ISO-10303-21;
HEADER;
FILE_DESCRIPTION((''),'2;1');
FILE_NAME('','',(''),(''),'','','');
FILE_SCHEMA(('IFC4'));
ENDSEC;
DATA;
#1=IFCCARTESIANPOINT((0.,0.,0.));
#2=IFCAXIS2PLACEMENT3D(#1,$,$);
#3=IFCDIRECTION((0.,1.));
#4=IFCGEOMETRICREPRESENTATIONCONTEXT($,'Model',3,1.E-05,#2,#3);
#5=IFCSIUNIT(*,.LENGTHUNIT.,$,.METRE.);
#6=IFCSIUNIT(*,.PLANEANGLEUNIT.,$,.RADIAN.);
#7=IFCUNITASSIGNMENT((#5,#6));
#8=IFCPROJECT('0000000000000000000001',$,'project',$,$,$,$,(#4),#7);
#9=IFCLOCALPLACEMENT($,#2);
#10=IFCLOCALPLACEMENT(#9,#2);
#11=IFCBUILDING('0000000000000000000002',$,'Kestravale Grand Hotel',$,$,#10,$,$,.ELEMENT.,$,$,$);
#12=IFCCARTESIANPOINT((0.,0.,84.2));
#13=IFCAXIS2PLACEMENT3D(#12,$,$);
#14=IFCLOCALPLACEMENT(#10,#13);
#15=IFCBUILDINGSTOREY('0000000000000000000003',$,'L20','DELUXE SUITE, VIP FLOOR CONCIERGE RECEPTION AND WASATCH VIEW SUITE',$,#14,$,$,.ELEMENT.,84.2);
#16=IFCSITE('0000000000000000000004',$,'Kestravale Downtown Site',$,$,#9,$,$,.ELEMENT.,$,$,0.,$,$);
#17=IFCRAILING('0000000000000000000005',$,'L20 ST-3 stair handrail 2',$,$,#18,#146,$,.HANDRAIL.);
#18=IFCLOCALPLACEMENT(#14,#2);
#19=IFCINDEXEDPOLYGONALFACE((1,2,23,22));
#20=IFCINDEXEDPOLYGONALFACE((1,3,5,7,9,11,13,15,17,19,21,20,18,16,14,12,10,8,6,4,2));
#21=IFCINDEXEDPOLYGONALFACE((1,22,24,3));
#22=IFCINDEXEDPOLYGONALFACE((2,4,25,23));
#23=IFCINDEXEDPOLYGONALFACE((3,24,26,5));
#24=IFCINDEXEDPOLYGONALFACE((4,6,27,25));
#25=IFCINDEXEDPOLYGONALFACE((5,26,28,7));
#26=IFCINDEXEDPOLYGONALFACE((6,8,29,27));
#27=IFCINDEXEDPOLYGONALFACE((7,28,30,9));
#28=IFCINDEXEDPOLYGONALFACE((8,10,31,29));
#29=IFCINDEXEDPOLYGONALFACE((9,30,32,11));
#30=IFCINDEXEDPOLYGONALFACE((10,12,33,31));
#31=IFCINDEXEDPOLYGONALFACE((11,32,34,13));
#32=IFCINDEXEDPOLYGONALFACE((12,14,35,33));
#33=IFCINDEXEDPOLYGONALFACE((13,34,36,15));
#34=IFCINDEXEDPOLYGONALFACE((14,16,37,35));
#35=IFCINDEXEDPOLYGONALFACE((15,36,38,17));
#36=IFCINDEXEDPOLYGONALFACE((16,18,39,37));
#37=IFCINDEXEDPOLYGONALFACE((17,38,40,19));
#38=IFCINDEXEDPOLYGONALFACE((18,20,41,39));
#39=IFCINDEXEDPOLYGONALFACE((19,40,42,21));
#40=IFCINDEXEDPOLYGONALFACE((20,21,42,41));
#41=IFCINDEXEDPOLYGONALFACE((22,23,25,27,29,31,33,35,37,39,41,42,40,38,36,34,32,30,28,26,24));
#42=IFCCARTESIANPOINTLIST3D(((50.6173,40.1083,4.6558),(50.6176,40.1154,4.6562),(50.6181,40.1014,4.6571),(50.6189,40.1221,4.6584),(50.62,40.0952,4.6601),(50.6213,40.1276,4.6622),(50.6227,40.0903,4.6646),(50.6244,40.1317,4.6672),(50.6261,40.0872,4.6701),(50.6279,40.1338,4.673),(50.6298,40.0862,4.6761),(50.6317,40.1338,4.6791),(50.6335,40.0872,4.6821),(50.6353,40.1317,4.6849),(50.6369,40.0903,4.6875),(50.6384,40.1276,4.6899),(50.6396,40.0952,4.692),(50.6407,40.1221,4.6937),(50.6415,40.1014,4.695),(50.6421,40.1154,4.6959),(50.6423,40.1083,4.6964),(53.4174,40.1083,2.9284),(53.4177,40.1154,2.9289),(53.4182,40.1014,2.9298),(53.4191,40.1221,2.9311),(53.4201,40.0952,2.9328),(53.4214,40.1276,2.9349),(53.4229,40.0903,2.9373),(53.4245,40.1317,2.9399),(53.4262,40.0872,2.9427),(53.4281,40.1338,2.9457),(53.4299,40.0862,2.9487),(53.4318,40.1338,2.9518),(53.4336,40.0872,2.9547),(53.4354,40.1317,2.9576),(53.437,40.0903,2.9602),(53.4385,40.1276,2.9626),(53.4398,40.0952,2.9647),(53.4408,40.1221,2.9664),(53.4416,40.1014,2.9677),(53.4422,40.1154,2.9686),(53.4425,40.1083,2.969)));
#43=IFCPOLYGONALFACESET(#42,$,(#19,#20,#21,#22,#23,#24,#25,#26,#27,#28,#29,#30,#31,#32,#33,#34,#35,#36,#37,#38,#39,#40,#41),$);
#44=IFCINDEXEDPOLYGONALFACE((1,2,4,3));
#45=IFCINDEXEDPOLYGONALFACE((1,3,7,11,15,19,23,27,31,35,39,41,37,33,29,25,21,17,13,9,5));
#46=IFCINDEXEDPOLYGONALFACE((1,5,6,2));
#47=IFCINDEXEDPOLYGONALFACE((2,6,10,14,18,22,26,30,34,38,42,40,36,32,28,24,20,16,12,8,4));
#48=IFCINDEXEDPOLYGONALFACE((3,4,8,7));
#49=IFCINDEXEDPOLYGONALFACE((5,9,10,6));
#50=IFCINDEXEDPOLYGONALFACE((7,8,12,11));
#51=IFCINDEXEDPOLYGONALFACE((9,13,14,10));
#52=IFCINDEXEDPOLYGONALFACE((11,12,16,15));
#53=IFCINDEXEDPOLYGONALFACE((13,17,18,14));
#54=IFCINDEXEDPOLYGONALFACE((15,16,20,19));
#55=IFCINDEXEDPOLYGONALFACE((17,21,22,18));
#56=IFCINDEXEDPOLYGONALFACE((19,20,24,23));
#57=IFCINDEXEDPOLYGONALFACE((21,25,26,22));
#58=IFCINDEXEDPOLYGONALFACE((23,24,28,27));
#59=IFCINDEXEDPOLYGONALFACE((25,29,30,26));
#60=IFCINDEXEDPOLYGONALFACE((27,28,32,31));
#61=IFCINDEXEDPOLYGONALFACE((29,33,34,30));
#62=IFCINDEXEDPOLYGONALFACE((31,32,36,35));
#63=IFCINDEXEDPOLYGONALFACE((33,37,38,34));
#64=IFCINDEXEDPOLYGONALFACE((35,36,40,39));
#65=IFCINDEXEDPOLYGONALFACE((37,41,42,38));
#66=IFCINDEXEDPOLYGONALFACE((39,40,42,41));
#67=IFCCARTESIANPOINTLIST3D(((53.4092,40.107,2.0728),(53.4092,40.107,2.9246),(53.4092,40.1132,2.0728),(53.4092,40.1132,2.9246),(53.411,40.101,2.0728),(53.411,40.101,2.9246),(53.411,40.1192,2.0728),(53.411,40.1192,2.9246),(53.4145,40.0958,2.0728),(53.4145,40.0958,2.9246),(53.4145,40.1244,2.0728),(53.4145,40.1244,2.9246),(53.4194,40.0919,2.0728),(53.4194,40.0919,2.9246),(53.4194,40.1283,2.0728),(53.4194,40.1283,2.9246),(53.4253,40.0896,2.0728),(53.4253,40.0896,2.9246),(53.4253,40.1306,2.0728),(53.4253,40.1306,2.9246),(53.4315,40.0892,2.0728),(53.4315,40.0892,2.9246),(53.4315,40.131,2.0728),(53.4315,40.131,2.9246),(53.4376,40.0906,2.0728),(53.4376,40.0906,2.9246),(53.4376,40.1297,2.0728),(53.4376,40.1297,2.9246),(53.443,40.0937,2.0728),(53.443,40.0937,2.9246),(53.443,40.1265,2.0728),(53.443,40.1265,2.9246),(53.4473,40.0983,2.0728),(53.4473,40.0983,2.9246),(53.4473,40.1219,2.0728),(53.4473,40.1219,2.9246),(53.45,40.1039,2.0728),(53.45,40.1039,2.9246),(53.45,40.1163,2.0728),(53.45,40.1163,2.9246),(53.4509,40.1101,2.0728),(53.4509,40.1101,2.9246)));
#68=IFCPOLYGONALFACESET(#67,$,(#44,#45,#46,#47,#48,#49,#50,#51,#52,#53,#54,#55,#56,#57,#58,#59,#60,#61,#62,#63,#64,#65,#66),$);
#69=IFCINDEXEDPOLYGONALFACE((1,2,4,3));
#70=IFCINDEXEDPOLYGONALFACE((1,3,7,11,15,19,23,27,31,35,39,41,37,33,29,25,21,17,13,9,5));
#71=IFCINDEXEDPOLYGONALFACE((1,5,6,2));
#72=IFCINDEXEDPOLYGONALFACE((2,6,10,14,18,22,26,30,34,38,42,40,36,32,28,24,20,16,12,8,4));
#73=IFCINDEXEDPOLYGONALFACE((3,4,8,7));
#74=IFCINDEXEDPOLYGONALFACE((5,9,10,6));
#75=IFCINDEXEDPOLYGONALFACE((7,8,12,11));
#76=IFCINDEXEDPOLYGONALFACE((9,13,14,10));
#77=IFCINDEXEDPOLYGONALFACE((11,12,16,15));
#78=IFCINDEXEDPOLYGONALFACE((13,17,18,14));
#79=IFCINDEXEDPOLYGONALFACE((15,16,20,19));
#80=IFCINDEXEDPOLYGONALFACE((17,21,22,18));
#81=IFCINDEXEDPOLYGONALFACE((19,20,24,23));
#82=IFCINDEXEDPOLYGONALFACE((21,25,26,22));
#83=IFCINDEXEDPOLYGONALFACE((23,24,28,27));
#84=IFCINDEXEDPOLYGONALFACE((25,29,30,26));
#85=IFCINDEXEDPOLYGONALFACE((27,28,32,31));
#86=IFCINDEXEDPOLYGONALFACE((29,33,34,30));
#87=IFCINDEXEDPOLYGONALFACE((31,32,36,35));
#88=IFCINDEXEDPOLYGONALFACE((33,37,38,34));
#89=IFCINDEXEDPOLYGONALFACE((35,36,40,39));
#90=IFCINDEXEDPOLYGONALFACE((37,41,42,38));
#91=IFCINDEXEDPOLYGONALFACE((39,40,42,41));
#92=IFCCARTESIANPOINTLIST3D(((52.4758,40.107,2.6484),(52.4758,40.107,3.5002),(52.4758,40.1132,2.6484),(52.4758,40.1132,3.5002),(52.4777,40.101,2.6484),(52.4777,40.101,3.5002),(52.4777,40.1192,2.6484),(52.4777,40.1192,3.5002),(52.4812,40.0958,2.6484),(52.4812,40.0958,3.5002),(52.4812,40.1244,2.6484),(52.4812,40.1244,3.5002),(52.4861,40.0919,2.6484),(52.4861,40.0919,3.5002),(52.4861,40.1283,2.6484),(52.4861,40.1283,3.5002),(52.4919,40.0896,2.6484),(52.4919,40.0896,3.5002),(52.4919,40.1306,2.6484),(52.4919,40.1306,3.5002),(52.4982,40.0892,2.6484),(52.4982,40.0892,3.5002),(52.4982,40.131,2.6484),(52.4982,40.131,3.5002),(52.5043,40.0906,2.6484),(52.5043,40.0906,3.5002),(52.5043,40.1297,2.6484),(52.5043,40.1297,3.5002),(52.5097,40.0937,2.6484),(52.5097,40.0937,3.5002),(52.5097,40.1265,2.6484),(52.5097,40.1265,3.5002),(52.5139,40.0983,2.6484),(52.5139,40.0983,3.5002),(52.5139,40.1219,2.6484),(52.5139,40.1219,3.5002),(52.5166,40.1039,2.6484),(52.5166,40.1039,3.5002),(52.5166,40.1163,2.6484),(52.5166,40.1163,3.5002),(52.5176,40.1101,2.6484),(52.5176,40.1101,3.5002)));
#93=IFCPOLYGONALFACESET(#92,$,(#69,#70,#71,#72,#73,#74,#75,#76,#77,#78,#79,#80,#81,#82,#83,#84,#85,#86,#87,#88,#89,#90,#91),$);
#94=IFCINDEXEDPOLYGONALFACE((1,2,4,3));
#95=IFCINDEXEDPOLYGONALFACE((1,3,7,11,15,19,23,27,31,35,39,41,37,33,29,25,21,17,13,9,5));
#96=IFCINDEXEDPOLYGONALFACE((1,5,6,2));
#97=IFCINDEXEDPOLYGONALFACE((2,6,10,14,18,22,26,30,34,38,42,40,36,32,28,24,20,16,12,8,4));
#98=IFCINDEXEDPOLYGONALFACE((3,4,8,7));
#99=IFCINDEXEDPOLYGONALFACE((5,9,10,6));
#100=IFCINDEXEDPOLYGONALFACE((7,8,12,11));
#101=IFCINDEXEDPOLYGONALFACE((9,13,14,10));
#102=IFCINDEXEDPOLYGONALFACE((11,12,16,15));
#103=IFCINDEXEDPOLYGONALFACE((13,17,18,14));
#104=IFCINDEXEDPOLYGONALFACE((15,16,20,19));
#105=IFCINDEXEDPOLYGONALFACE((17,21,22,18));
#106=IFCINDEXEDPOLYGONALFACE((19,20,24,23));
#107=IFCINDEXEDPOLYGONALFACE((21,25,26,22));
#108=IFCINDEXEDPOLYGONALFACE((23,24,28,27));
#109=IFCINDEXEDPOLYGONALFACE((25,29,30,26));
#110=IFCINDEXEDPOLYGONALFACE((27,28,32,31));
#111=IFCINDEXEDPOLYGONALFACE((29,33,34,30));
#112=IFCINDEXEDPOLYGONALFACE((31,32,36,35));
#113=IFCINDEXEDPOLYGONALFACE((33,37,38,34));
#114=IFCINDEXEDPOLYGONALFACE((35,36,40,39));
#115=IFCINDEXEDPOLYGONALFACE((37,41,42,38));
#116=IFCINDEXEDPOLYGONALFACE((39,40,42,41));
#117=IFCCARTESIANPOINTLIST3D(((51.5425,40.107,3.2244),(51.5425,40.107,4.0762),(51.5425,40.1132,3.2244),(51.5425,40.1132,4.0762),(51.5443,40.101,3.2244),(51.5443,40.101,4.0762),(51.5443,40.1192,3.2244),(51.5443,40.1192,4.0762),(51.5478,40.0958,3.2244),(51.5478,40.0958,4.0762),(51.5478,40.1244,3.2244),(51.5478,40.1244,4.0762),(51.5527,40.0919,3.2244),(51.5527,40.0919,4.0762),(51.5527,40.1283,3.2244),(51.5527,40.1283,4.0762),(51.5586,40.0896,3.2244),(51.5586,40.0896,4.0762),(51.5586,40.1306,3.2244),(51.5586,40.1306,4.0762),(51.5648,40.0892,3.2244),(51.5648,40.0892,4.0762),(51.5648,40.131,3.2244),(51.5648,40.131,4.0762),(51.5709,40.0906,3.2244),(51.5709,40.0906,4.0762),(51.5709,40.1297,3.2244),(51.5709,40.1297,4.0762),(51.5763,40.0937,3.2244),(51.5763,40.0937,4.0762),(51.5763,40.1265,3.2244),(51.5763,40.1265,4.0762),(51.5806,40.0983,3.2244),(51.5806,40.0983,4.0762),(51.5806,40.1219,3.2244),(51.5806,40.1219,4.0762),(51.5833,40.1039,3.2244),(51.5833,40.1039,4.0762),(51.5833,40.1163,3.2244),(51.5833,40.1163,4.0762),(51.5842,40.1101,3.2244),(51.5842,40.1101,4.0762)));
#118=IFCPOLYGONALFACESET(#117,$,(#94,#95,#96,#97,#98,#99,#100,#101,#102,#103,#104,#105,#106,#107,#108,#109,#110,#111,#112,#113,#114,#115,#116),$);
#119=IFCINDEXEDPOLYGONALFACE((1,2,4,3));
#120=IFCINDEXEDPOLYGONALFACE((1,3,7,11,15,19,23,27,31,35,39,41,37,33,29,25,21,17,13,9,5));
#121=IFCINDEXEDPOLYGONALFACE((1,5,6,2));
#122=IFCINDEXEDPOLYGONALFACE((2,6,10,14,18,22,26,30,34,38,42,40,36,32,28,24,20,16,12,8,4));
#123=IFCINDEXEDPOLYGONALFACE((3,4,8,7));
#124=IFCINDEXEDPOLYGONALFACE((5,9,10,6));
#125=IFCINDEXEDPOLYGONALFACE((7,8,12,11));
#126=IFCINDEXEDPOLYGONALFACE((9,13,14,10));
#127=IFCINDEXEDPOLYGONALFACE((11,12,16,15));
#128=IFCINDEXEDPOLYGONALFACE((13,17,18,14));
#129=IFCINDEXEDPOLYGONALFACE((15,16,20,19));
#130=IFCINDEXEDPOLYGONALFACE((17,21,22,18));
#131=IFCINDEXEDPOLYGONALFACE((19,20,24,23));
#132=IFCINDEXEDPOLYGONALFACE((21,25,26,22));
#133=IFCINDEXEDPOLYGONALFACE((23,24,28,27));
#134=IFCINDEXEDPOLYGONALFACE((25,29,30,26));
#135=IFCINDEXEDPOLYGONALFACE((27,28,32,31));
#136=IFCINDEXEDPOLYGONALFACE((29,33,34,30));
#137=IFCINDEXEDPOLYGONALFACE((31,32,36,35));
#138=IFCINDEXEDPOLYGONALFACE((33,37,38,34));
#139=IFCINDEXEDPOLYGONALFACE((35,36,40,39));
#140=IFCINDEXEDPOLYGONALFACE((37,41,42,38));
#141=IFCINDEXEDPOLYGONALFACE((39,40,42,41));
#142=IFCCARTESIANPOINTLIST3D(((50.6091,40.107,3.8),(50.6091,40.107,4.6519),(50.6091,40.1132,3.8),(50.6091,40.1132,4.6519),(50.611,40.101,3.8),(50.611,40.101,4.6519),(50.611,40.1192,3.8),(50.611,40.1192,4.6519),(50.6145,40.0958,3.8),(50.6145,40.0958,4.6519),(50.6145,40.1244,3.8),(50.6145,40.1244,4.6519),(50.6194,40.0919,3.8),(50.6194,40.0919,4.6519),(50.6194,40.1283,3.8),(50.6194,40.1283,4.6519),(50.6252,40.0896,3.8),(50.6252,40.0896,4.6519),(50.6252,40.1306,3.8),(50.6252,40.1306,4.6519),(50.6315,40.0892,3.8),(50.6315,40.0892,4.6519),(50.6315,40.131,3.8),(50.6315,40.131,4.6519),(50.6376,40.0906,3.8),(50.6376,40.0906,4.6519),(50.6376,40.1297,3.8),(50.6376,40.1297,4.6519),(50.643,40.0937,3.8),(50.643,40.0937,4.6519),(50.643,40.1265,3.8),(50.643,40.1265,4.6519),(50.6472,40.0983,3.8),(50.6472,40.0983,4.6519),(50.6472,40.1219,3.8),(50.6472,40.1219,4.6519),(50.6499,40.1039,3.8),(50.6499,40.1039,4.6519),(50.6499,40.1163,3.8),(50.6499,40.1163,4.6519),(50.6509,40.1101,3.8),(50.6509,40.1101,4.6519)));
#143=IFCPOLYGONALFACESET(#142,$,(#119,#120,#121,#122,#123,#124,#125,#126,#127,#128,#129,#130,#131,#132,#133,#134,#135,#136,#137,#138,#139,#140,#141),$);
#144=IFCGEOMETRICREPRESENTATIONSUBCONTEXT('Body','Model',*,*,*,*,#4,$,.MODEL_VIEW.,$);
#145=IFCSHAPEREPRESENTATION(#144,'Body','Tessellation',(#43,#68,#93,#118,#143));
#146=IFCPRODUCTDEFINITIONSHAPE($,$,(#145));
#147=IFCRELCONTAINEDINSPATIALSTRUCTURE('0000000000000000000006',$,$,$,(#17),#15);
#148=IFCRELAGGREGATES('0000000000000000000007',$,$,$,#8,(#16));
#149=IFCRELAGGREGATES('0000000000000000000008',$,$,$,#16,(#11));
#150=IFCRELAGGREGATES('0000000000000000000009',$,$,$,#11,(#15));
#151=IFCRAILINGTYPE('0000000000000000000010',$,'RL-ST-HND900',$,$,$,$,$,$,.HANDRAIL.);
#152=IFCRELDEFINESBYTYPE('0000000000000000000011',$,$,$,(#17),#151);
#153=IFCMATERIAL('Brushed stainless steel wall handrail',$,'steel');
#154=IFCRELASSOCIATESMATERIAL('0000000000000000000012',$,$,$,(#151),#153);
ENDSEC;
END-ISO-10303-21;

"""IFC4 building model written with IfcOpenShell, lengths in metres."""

from ifc_helpers import new_model, si_unit, direction, frame, origin, origin_2d, place, context, subcontext, project, spatial, circle, extrude, material, type_object, element, save


model = new_model("IFC4")

# Units and contexts
model_context = context("Model", 3, precision=1e-05, world=origin(), true_north=direction((0.0, 1.0)))
body_context = subcontext(model_context, "Body", "Model", "MODEL_VIEW")
ifc_project = project(units=[si_unit("LENGTHUNIT", "METRE"), si_unit("PLANEANGLEUNIT", "RADIAN")], contexts=[model_context])

# Site, building, storey
site_placement = place(None, origin())
site = spatial("IfcSite", under=ifc_project, at=site_placement, Name="Kestravale Downtown Site", CompositionType="ELEMENT", RefElevation=0.0)
building_placement = place(site_placement, origin())
building = spatial("IfcBuilding", under=site, at=building_placement, Name="Kestravale Grand Hotel", CompositionType="ELEMENT")
storey_placement = place(building_placement, frame((0.0, 0.0, 84.2)))
storey = spatial("IfcBuildingStorey", under=building, at=storey_placement, Name="L20", Description="DELUXE SUITE, VIP FLOOR CONCIERGE RECEPTION AND WASATCH VIEW SUITE", CompositionType="ELEMENT", Elevation=84.2)

# Railing
ifc_material_1 = material(Name="Brushed stainless steel wall handrail", Category="steel")
railing_type_1 = type_object("IfcRailingType", Name="RL-ST-HND900", PredefinedType="HANDRAIL", material=ifc_material_1)
railing_1_placement = place(storey_placement, frame((53.4299, 40.1101, 2.0728)))
element("IfcRailing", 1, at=railing_1_placement, inside=storey, type_object=railing_type_1, Name="L20 ST-3 stair handrail 2", PredefinedType="HANDRAIL", context=body_context, shape_type="SweptSolid", body=[
    extrude(circle(Radius=0.0239, at=origin_2d()), frame((0.0, 0.0, 0.876), z_axis=(-0.85109, 0.0, 0.52502), x_axis=(0.0, -1.0, 0.0)), (0.0, 0.0, 1.0), 3.29),
    extrude(circle(Radius=0.021, at=origin_2d()), origin(), (0.0, 0.0, 1.0), 0.8518),
    extrude(circle(Radius=0.021, at=origin_2d()), frame((-0.9333, 0.0, 0.5757)), (0.0, 0.0, 1.0), 0.8518),
    extrude(circle(Radius=0.021, at=origin_2d()), frame((-1.8667, 0.0, 1.1516)), (0.0, 0.0, 1.0), 0.8518),
    extrude(circle(Radius=0.021, at=origin_2d()), frame((-2.8, 0.0, 1.7273)), (0.0, 0.0, 1.0), 0.8518),
])

save(model, "model.ifc")
